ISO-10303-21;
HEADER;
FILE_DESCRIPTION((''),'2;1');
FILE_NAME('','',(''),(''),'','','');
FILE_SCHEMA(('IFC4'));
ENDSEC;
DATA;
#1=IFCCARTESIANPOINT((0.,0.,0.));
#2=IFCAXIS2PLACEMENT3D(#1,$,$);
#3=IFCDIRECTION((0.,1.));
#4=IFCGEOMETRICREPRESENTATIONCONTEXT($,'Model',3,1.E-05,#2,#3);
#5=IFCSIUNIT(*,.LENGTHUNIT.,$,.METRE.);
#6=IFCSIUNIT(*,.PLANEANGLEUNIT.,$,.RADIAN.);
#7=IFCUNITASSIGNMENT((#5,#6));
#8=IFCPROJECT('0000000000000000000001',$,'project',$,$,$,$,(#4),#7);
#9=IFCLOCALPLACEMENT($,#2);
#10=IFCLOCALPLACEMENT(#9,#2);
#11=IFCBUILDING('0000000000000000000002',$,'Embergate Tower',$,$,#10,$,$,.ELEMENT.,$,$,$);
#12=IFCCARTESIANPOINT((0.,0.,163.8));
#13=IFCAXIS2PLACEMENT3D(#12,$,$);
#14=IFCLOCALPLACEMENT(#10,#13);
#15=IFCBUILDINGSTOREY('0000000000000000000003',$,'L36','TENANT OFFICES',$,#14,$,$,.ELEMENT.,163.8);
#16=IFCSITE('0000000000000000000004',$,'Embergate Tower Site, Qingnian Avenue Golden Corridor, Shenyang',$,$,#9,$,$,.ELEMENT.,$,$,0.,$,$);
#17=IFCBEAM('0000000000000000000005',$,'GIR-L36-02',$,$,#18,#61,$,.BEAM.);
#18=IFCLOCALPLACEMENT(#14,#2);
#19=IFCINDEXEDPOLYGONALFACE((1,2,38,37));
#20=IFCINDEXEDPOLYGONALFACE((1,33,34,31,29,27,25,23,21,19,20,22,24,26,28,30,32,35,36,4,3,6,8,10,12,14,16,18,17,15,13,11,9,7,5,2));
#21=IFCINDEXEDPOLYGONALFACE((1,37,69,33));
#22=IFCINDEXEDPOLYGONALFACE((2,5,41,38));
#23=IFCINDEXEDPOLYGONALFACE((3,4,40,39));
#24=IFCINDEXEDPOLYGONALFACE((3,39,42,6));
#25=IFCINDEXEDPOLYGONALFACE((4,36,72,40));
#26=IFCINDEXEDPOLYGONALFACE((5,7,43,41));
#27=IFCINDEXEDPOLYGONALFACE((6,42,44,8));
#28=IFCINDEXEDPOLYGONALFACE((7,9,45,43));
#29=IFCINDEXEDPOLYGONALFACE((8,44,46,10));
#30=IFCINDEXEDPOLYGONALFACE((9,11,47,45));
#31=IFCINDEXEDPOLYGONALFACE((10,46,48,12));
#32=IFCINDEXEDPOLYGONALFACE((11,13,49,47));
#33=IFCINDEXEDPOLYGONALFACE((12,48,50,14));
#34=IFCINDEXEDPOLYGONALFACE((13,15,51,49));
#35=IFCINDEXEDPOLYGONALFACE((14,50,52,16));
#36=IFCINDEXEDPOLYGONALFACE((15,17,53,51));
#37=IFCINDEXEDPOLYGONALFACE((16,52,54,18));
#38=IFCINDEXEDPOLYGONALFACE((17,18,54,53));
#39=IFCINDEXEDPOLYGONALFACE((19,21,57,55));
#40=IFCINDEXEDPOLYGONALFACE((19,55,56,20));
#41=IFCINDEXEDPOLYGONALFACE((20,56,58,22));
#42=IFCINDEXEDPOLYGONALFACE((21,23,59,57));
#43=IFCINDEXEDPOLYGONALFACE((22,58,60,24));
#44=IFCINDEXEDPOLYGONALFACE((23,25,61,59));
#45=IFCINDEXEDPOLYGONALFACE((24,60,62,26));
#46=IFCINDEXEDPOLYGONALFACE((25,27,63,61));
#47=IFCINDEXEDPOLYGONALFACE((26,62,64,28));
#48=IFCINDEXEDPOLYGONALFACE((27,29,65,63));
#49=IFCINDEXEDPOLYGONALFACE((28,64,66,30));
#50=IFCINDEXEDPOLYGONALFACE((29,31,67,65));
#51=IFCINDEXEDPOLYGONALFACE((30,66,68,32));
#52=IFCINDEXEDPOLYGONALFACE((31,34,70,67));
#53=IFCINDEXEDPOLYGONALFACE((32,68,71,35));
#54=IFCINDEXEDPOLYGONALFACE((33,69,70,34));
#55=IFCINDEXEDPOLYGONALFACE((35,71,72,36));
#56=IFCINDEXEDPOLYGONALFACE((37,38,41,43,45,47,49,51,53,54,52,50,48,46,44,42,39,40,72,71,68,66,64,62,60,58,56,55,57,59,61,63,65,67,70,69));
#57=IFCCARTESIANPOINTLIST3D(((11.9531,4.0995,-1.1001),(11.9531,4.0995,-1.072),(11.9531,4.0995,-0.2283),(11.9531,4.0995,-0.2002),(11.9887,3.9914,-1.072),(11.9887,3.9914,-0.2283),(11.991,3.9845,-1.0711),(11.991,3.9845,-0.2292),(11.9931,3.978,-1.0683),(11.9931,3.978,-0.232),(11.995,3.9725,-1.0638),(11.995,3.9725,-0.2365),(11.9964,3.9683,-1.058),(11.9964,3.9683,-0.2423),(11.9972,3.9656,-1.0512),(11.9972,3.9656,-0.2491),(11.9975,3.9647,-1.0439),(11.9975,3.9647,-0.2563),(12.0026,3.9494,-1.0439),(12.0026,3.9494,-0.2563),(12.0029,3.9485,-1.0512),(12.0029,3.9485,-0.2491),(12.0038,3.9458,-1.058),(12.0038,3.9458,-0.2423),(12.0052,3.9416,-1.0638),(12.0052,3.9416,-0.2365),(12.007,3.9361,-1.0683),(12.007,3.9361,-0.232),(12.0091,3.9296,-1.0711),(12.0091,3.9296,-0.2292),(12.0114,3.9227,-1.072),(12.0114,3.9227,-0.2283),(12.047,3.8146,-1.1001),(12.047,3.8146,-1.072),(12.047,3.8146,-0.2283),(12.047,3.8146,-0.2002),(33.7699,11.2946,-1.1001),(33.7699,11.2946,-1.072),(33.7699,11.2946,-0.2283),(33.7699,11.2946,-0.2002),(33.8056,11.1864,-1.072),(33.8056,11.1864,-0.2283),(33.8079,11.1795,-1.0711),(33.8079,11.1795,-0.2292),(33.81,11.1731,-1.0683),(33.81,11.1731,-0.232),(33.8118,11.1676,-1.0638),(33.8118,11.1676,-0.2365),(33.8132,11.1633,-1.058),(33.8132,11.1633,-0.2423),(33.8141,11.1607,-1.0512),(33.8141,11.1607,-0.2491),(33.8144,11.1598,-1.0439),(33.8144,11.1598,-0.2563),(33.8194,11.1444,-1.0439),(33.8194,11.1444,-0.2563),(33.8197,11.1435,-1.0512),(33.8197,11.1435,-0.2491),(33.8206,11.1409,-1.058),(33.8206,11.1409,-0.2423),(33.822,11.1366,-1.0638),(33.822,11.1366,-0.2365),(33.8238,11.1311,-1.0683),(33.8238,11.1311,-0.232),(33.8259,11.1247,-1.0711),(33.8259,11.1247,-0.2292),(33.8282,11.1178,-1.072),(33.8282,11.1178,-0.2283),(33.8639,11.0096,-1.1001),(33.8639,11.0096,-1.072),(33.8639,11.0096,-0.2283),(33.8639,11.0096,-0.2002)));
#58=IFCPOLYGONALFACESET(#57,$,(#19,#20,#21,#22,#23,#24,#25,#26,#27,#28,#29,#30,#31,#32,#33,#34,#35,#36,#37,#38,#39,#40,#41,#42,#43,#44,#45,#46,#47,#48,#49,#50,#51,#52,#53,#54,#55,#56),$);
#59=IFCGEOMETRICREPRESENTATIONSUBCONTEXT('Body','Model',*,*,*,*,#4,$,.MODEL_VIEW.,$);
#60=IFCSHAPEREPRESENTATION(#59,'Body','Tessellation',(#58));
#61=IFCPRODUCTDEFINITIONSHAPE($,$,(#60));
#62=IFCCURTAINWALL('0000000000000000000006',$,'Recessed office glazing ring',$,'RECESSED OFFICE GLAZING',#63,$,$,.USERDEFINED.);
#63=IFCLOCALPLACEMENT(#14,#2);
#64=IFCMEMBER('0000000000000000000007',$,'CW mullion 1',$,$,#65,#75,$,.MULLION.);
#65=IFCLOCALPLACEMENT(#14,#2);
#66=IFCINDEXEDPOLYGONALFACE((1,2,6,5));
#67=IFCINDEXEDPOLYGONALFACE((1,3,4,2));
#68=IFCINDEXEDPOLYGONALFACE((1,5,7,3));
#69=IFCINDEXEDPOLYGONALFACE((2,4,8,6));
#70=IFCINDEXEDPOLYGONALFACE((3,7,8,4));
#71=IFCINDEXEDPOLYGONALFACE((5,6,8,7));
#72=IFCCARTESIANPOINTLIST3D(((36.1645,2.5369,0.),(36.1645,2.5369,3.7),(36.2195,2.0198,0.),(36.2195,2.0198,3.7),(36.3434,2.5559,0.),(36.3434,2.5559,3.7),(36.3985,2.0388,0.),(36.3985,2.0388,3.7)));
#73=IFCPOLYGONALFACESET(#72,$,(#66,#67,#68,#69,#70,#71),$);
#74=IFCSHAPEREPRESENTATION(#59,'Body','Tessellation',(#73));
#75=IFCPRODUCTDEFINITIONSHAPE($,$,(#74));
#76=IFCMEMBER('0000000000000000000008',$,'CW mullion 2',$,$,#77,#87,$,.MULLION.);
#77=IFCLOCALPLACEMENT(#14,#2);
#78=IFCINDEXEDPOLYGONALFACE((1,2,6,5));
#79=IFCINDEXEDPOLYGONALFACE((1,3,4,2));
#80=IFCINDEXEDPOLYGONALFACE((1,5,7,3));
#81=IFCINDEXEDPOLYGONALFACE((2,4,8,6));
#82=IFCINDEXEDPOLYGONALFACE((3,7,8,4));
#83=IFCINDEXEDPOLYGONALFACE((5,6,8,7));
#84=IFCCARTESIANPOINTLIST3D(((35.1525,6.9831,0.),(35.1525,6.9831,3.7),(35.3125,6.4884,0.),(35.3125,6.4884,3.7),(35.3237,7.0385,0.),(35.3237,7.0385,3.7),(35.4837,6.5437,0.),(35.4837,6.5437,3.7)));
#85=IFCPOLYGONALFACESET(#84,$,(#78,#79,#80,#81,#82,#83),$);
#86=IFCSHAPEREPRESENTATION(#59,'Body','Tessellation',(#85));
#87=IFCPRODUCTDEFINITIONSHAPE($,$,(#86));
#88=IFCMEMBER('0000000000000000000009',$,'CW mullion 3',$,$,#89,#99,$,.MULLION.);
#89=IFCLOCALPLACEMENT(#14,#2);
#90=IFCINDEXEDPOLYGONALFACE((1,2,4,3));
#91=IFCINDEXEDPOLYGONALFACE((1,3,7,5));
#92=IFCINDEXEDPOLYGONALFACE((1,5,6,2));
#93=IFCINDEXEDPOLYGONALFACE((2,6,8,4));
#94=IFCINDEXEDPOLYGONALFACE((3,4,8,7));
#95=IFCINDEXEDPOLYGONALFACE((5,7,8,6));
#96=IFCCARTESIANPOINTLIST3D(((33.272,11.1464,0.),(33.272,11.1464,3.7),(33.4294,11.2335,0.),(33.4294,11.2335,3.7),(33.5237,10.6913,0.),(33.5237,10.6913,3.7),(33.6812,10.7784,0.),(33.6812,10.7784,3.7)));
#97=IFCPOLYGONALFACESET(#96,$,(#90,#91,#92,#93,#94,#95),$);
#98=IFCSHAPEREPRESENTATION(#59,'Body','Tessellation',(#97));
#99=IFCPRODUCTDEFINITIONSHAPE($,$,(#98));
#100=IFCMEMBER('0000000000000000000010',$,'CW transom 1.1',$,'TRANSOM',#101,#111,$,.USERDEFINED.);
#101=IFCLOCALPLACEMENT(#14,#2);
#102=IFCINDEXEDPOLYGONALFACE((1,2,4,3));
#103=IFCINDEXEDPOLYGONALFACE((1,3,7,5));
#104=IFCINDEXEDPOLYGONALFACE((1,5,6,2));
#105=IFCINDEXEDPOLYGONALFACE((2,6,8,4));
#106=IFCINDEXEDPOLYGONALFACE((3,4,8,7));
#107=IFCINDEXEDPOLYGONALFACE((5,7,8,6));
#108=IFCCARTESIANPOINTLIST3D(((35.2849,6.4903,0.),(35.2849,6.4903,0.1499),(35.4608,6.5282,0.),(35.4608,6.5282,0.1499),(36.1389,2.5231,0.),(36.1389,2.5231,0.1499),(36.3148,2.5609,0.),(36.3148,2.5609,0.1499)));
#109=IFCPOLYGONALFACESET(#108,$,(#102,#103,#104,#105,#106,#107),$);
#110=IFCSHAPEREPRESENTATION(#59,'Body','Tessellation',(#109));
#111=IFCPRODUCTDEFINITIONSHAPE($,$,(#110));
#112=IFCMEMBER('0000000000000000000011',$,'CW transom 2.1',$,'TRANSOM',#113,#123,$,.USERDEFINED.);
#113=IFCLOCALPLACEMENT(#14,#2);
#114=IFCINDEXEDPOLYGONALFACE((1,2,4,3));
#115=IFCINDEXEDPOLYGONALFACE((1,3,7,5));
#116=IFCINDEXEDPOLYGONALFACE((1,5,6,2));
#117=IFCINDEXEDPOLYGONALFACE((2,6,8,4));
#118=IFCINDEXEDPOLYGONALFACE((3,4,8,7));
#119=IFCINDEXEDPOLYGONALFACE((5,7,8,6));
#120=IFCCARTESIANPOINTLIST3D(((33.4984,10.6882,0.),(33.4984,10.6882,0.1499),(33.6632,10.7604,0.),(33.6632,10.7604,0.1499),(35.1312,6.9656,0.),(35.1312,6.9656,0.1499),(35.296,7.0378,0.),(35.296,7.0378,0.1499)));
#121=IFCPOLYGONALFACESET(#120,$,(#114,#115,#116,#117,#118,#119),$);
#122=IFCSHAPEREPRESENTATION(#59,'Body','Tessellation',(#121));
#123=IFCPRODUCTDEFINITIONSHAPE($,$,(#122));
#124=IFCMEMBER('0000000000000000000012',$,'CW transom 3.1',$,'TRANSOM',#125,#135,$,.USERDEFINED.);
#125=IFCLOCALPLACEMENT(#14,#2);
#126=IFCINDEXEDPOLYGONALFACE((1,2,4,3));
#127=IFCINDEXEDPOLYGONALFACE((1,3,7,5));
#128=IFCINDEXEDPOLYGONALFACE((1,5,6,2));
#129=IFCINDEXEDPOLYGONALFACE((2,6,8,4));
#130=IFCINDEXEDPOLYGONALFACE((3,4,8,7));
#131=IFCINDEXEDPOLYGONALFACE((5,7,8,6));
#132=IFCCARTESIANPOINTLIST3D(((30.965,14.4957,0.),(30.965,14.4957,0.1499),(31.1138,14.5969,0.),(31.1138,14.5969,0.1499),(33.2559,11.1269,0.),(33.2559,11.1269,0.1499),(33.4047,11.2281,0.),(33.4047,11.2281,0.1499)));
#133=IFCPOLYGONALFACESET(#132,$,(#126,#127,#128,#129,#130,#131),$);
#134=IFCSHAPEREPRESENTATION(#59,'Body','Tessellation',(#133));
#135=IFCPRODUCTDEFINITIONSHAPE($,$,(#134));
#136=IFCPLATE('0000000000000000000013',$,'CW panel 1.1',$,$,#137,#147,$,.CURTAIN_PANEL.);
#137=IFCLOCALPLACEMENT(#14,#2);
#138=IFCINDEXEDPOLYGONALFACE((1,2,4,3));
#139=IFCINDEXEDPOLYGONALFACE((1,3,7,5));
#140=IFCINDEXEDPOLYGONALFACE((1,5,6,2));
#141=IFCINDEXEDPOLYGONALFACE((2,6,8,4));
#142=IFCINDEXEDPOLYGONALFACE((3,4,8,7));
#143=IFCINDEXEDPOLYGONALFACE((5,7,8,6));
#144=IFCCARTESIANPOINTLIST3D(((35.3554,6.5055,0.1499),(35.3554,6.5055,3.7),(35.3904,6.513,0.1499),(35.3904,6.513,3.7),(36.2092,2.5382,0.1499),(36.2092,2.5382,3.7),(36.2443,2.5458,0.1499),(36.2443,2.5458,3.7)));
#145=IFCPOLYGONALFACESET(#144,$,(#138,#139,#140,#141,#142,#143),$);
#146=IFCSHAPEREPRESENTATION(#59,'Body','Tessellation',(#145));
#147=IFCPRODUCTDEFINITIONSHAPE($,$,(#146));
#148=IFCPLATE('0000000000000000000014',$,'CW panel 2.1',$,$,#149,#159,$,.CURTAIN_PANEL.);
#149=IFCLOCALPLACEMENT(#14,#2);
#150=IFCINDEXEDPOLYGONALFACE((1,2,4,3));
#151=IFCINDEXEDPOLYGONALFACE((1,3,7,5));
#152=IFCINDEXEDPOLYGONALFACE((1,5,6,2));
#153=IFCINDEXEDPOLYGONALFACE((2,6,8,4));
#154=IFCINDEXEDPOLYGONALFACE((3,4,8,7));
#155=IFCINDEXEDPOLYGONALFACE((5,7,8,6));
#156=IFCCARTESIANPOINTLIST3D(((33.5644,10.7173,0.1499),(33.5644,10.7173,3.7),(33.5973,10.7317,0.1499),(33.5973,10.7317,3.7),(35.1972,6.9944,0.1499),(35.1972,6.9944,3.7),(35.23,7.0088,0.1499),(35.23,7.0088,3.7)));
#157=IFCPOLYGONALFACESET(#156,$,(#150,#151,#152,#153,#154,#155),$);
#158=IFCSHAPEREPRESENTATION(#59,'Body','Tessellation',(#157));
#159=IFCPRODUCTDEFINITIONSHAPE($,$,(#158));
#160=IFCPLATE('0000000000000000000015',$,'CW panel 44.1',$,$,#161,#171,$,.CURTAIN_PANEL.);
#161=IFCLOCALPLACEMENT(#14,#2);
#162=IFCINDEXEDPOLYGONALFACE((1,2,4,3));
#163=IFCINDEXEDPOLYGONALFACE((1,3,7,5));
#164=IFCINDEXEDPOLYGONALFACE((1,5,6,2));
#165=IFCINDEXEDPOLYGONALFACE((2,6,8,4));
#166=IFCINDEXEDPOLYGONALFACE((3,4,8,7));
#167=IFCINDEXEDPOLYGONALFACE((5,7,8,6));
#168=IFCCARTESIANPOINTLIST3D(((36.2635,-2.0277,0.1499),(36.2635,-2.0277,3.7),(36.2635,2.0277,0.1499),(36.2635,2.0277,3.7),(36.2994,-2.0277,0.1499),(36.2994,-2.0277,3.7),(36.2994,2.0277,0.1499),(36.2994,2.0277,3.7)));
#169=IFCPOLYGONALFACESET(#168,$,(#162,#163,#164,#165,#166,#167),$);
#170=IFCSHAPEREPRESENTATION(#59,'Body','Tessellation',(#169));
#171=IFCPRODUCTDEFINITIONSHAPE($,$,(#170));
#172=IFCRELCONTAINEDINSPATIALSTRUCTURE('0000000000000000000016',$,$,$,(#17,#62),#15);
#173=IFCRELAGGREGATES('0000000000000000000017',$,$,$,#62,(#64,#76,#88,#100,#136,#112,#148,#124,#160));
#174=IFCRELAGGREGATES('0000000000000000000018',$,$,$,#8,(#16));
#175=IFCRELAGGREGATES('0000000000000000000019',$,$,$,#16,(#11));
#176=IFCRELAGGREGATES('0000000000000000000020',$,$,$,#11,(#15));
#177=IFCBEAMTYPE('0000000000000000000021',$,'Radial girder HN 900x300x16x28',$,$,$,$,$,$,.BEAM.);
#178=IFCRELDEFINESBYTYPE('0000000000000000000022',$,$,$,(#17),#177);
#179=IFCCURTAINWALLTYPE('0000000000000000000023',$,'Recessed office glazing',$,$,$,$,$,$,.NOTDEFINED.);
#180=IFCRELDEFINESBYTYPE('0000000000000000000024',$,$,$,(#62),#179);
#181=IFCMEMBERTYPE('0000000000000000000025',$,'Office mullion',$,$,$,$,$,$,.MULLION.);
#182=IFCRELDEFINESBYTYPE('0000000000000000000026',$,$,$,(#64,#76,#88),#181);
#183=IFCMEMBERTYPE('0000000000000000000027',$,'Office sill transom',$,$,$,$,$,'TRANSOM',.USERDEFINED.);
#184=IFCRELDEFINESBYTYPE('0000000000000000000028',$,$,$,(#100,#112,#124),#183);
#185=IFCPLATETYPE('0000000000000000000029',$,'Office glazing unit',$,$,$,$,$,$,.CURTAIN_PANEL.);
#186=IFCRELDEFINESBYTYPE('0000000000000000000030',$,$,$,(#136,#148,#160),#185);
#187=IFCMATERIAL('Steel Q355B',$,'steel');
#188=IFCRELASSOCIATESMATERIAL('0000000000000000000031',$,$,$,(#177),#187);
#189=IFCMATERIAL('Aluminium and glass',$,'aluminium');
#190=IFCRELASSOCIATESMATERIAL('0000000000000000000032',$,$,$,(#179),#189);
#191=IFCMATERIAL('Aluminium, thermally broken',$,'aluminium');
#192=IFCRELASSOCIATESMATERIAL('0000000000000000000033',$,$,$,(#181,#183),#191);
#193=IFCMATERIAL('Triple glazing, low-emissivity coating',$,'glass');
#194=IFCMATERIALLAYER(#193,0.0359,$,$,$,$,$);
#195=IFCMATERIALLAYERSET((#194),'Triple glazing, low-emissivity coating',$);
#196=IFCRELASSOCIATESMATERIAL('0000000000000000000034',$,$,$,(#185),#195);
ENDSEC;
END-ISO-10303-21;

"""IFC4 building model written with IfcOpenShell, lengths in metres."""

from ifc_helpers import new_model, si_unit, direction, frame, origin, origin_2d, place, context, subcontext, project, spatial, rectangle, i_section, extrude, source, transform, mapped, material, layer, layer_set, material_profile, profile_set, type_object, element, aggregate, save


model = new_model("IFC4")

# Units and contexts
model_context = context("Model", 3, precision=1e-05, world=origin(), true_north=direction((0.0, 1.0)))
body_context = subcontext(model_context, "Body", "Model", "MODEL_VIEW")
ifc_project = project(units=[si_unit("LENGTHUNIT", "METRE"), si_unit("PLANEANGLEUNIT", "RADIAN")], contexts=[model_context])

# Site, building, storey
site_placement = place(None, origin())
site = spatial("IfcSite", under=ifc_project, at=site_placement, Name="Embergate Tower Site, Qingnian Avenue Golden Corridor, Shenyang", CompositionType="ELEMENT", RefElevation=0.0)
building_placement = place(site_placement, origin())
building = spatial("IfcBuilding", under=site, at=building_placement, Name="Embergate Tower", CompositionType="ELEMENT")
storey_placement = place(building_placement, frame((0.0, 0.0, 163.8)))
storey = spatial("IfcBuildingStorey", under=building, at=storey_placement, Name="L36", Description="TENANT OFFICES", CompositionType="ELEMENT", Elevation=163.8)

# Beam
ifc_material_1 = material(Name="Steel Q355B", Category="steel")
ifc_material_profile_1 = material_profile(ifc_material_1, i_section(OverallWidth=0.3, OverallDepth=0.8999, WebThickness=0.0161, FlangeThickness=0.0281, FilletRadius=0.0281, at=origin_2d()), Name="HN 900x300x16x28")
ifc_profile_set_1 = profile_set([ifc_material_profile_1], Name="Steel Q355 grade B")
beam_type_1 = type_object("IfcBeamType", Name="Radial girder HN 900x300x16x28", PredefinedType="BEAM", material=ifc_profile_set_1)
shared_shape_1 = source(origin(), body_context, "Body", "SweptSolid", [
    extrude(i_section(OverallWidth=0.3, OverallDepth=0.8999, WebThickness=0.0161, FlangeThickness=0.0281, FilletRadius=0.0281, at=origin_2d()), origin(), (0.0, 0.0, 1.0), 22.9727),
])
beam_1_placement = place(storey_placement, frame((33.8169, 11.1521, -0.6501), z_axis=(-0.949687, -0.313201, 0.0), x_axis=(0.313201, -0.949687, 0.0)))
element("IfcBeam", 1, at=beam_1_placement, inside=storey, type_object=beam_type_1, Name="GIR-L36-02", PredefinedType="BEAM", context=body_context, shape_type="MappedRepresentation", body=[
    mapped(shared_shape_1, transform((0.0, 0.0, 0.0))),
])

# Curtain wall, members, plates
ifc_material_2 = material(Name="Aluminium and glass", Category="aluminium")
curtain_wall_type = type_object("IfcCurtainWallType", Name="Recessed office glazing", PredefinedType="NOTDEFINED", material=ifc_material_2)
curtain_wall_placement = place(storey_placement, origin())
curtain_wall = element("IfcCurtainWall", 2, at=curtain_wall_placement, inside=storey, type_object=curtain_wall_type, Name="Recessed office glazing ring", ObjectType="RECESSED OFFICE GLAZING", PredefinedType="USERDEFINED")
ifc_material_3 = material(Name="Aluminium, thermally broken", Category="aluminium")
ifc_material_profile_2 = material_profile(ifc_material_3, rectangle(XDim=0.1799, YDim=0.52, at=origin_2d()), Name="AL 520x180")
ifc_profile_set_2 = profile_set([ifc_material_profile_2], Name="Aluminium, thermally broken")
member_type_1 = type_object("IfcMemberType", Name="Office mullion", PredefinedType="MULLION", material=ifc_profile_set_2)
shared_shape_2 = source(origin(), body_context, "Body", "SweptSolid", [
    extrude(rectangle(XDim=0.1799, YDim=0.52, at=origin_2d()), origin(), (0.0, 0.0, 1.0), 3.7),
])
member_1_placement = place(storey_placement, frame((36.2815, 2.2878, 0.0), z_axis=(0.0, 0.0, 1.0), x_axis=(-0.994385, -0.105823, 0.0)))
member_1 = element("IfcMember", 3, at=member_1_placement, type_object=member_type_1, Name="CW mullion 1", PredefinedType="MULLION", context=body_context, shape_type="MappedRepresentation", body=[
    mapped(shared_shape_2, transform((0.0, 0.0, 0.0))),
])
member_2_placement = place(storey_placement, frame((35.3181, 6.7634, 0.0), z_axis=(0.0, 0.0, 1.0), x_axis=(-0.951498, -0.307656, 0.0)))
member_2 = element("IfcMember", 4, at=member_2_placement, type_object=member_type_1, Name="CW mullion 2", PredefinedType="MULLION", context=body_context, shape_type="MappedRepresentation", body=[
    mapped(shared_shape_2, transform((0.0, 0.0, 0.0))),
])
member_3_placement = place(storey_placement, frame((33.4766, 10.9624, 0.0), z_axis=(0.0, 0.0, 1.0), x_axis=(-0.875002, -0.484119, 0.0)))
member_3 = element("IfcMember", 5, at=member_3_placement, type_object=member_type_1, Name="CW mullion 3", PredefinedType="MULLION", context=body_context, shape_type="MappedRepresentation", body=[
    mapped(shared_shape_2, transform((0.0, 0.0, 0.0))),
])
ifc_material_profile_3 = material_profile(ifc_material_3, rectangle(XDim=0.1799, YDim=0.1499, at=origin_2d()), Name="AL 150x180")
ifc_profile_set_3 = profile_set([ifc_material_profile_3], Name="Aluminium, thermally broken")
member_type_2 = type_object("IfcMemberType", Name="Office sill transom", ElementType="TRANSOM", PredefinedType="USERDEFINED", material=ifc_profile_set_3)
shared_shape_3 = source(origin(), body_context, "Body", "SweptSolid", [
    extrude(rectangle(XDim=0.1799, YDim=0.1499, at=origin_2d()), origin(), (0.0, 0.0, 1.0), 4.0581),
])
member_4_placement = place(storey_placement, frame((36.2268, 2.542, 0.075), z_axis=(-0.210441, 0.977607, 0.0), x_axis=(-0.977607, -0.210441, 0.0)))
member_4 = element("IfcMember", 6, at=member_4_placement, type_object=member_type_2, Name="CW transom 1.1", ObjectType="TRANSOM", PredefinedType="USERDEFINED", context=body_context, shape_type="MappedRepresentation", body=[
    mapped(shared_shape_3, transform((0.0, 0.0, 0.0))),
])
shared_shape_4 = source(origin(), body_context, "Body", "SweptSolid", [
    extrude(rectangle(XDim=0.1799, YDim=0.1499, at=origin_2d()), origin(), (0.0, 0.0, 1.0), 4.0649),
])
member_5_placement = place(storey_placement, frame((35.2136, 7.0017, 0.075), z_axis=(-0.401676, 0.915782, 0.0), x_axis=(-0.915782, -0.401676, 0.0)))
member_5 = element("IfcMember", 7, at=member_5_placement, type_object=member_type_2, Name="CW transom 2.1", ObjectType="TRANSOM", PredefinedType="USERDEFINED", context=body_context, shape_type="MappedRepresentation", body=[
    mapped(shared_shape_4, transform((0.0, 0.0, 0.0))),
])
shared_shape_5 = source(origin(), body_context, "Body", "SweptSolid", [
    extrude(rectangle(XDim=0.1799, YDim=0.1499, at=origin_2d()), origin(), (0.0, 0.0, 1.0), 4.074),
])
member_6_placement = place(storey_placement, frame((33.3303, 11.1775, 0.075), z_axis=(-0.562338, 0.826908, 0.0), x_axis=(-0.826908, -0.562338, 0.0)))
member_6 = element("IfcMember", 8, at=member_6_placement, type_object=member_type_2, Name="CW transom 3.1", ObjectType="TRANSOM", PredefinedType="USERDEFINED", context=body_context, shape_type="MappedRepresentation", body=[
    mapped(shared_shape_5, transform((0.0, 0.0, 0.0))),
])
ifc_material_4 = material(Name="Triple glazing, low-emissivity coating", Category="glass")
ifc_layer_1 = layer(ifc_material_4, 0.0359)
ifc_layer_set_1 = layer_set([ifc_layer_1], Name="Triple glazing, low-emissivity coating")
plate_type = type_object("IfcPlateType", Name="Office glazing unit", PredefinedType="CURTAIN_PANEL", material=ifc_layer_set_1)
shared_shape_6 = source(origin(), body_context, "Body", "SweptSolid", [
    extrude(rectangle(XDim=4.0581, YDim=0.0359, at=origin_2d()), origin(), (0.0, 0.0, 1.0), 3.55),
])
plate_1_placement = place(storey_placement, frame((35.7998, 4.5256, 0.1499), z_axis=(0.0, 0.0, 1.0), x_axis=(-0.210398, 0.977616, 0.0)))
plate_1 = element("IfcPlate", 9, at=plate_1_placement, type_object=plate_type, Name="CW panel 1.1", PredefinedType="CURTAIN_PANEL", context=body_context, shape_type="MappedRepresentation", body=[
    mapped(shared_shape_6, transform((0.0, 0.0, 0.0))),
])
shared_shape_7 = source(origin(), body_context, "Body", "SweptSolid", [
    extrude(rectangle(XDim=4.0652, YDim=0.0359, at=origin_2d()), origin(), (0.0, 0.0, 1.0), 3.55),
])
plate_2_placement = place(storey_placement, frame((34.3972, 8.863, 0.1499), z_axis=(0.0, 0.0, 1.0), x_axis=(-0.401652, 0.915792, 0.0)))
plate_2 = element("IfcPlate", 10, at=plate_2_placement, type_object=plate_type, Name="CW panel 2.1", PredefinedType="CURTAIN_PANEL", context=body_context, shape_type="MappedRepresentation", body=[
    mapped(shared_shape_7, transform((0.0, 0.0, 0.0))),
])
shared_shape_8 = source(origin(), body_context, "Body", "SweptSolid", [
    extrude(rectangle(XDim=4.0554, YDim=0.0359, at=origin_2d()), origin(), (0.0, 0.0, 1.0), 3.55),
])
plate_3_placement = place(storey_placement, frame((36.2815, 0.0, 0.1499), z_axis=(0.0, 0.0, 1.0), x_axis=(0.0, 1.0, 0.0)))
plate_3 = element("IfcPlate", 11, at=plate_3_placement, type_object=plate_type, Name="CW panel 44.1", PredefinedType="CURTAIN_PANEL", context=body_context, shape_type="MappedRepresentation", body=[
    mapped(shared_shape_8, transform((0.0, 0.0, 0.0))),
])
aggregate(curtain_wall, [member_1, member_2, member_3, member_4, plate_1, member_5, plate_2, member_6, plate_3])

save(model, "model.ifc")
